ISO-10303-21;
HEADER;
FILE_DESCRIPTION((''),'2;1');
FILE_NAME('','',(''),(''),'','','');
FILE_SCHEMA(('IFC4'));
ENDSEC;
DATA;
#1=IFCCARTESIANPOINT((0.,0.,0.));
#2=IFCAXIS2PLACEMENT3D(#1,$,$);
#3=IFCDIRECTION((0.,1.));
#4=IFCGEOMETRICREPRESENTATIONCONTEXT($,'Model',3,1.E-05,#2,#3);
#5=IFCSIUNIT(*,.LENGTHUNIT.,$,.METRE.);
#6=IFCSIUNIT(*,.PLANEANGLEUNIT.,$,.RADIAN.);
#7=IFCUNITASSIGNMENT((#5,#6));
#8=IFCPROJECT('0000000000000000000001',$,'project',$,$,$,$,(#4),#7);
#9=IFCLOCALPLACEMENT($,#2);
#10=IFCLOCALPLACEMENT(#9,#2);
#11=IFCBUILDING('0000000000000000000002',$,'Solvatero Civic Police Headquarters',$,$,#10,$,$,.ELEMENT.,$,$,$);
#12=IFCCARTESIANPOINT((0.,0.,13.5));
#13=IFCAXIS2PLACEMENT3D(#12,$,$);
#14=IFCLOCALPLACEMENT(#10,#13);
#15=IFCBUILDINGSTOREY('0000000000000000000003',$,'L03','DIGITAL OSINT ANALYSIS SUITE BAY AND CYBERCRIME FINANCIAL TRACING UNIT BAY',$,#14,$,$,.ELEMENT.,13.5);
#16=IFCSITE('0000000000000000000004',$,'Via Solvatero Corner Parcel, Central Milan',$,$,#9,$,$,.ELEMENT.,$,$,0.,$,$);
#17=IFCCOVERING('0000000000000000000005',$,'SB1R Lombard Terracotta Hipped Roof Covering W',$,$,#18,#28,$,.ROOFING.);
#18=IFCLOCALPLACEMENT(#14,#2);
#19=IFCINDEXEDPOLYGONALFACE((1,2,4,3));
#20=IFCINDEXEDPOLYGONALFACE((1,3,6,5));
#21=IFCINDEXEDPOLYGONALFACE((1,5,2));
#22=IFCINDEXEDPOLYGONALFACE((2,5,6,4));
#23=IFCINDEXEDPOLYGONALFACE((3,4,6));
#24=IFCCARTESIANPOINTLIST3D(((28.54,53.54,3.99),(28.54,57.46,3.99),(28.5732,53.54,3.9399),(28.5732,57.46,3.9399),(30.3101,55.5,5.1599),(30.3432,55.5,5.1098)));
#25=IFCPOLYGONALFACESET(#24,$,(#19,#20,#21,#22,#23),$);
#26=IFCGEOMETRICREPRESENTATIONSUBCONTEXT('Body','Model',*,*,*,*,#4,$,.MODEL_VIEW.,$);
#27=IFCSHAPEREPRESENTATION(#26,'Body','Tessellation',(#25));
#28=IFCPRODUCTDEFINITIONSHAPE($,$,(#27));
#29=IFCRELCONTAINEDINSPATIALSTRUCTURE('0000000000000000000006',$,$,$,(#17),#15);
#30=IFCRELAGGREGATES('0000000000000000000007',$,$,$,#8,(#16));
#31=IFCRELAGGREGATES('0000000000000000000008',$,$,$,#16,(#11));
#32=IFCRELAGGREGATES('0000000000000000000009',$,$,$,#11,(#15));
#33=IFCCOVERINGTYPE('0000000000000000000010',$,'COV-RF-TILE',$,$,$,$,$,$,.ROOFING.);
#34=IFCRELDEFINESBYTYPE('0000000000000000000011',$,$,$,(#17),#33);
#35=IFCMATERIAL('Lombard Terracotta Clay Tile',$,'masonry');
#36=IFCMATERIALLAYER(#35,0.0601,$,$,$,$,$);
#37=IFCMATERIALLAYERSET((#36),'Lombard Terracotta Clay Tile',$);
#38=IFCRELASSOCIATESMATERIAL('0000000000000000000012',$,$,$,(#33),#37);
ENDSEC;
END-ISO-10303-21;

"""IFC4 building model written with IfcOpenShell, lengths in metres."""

from ifc_helpers import new_model, si_unit, direction, frame, origin, place, context, subcontext, project, spatial, polyline, outline, extrude, material, layer, layer_set, type_object, element, save


model = new_model("IFC4")

# Units and contexts
model_context = context("Model", 3, precision=1e-05, world=origin(), true_north=direction((0.0, 1.0)))
body_context = subcontext(model_context, "Body", "Model", "MODEL_VIEW")
ifc_project = project(units=[si_unit("LENGTHUNIT", "METRE"), si_unit("PLANEANGLEUNIT", "RADIAN")], contexts=[model_context])

# Site, building, storey
site_placement = place(None, origin())
site = spatial("IfcSite", under=ifc_project, at=site_placement, Name="Via Solvatero Corner Parcel, Central Milan", CompositionType="ELEMENT", RefElevation=0.0)
building_placement = place(site_placement, origin())
building = spatial("IfcBuilding", under=site, at=building_placement, Name="Solvatero Civic Police Headquarters", CompositionType="ELEMENT")
storey_placement = place(building_placement, frame((0.0, 0.0, 13.5)))
storey = spatial("IfcBuildingStorey", under=building, at=storey_placement, Name="L03", Description="DIGITAL OSINT ANALYSIS SUITE BAY AND CYBERCRIME FINANCIAL TRACING UNIT BAY", CompositionType="ELEMENT", Elevation=13.5)

# Covering
ifc_material_1 = material(Name="Lombard Terracotta Clay Tile", Category="masonry")
ifc_layer_1 = layer(ifc_material_1, 0.0601)
ifc_layer_set_1 = layer_set([ifc_layer_1], Name="Lombard Terracotta Clay Tile")
covering_type = type_object("IfcCoveringType", Name="COV-RF-TILE", PredefinedType="ROOFING", material=ifc_layer_set_1)
covering_placement = place(storey_placement, frame((28.54, 57.46, 3.99), z_axis=(-0.551403, 0.0, 0.834239), x_axis=(0.0, -1.0, 0.0)))
element("IfcCovering", 1, at=covering_placement, inside=storey, type_object=covering_type, Name="SB1R Lombard Terracotta Hipped Roof Covering W", PredefinedType="ROOFING", context=body_context, shape_type="SweptSolid", body=[
    extrude(outline(polyline([(0.0, 0.0), (3.9199, 0.0), (1.96, 2.1217), (0.0, 0.0)])), origin(), (0.0, 0.0, -1.0), 0.0601),
])

save(model, "model.ifc")
